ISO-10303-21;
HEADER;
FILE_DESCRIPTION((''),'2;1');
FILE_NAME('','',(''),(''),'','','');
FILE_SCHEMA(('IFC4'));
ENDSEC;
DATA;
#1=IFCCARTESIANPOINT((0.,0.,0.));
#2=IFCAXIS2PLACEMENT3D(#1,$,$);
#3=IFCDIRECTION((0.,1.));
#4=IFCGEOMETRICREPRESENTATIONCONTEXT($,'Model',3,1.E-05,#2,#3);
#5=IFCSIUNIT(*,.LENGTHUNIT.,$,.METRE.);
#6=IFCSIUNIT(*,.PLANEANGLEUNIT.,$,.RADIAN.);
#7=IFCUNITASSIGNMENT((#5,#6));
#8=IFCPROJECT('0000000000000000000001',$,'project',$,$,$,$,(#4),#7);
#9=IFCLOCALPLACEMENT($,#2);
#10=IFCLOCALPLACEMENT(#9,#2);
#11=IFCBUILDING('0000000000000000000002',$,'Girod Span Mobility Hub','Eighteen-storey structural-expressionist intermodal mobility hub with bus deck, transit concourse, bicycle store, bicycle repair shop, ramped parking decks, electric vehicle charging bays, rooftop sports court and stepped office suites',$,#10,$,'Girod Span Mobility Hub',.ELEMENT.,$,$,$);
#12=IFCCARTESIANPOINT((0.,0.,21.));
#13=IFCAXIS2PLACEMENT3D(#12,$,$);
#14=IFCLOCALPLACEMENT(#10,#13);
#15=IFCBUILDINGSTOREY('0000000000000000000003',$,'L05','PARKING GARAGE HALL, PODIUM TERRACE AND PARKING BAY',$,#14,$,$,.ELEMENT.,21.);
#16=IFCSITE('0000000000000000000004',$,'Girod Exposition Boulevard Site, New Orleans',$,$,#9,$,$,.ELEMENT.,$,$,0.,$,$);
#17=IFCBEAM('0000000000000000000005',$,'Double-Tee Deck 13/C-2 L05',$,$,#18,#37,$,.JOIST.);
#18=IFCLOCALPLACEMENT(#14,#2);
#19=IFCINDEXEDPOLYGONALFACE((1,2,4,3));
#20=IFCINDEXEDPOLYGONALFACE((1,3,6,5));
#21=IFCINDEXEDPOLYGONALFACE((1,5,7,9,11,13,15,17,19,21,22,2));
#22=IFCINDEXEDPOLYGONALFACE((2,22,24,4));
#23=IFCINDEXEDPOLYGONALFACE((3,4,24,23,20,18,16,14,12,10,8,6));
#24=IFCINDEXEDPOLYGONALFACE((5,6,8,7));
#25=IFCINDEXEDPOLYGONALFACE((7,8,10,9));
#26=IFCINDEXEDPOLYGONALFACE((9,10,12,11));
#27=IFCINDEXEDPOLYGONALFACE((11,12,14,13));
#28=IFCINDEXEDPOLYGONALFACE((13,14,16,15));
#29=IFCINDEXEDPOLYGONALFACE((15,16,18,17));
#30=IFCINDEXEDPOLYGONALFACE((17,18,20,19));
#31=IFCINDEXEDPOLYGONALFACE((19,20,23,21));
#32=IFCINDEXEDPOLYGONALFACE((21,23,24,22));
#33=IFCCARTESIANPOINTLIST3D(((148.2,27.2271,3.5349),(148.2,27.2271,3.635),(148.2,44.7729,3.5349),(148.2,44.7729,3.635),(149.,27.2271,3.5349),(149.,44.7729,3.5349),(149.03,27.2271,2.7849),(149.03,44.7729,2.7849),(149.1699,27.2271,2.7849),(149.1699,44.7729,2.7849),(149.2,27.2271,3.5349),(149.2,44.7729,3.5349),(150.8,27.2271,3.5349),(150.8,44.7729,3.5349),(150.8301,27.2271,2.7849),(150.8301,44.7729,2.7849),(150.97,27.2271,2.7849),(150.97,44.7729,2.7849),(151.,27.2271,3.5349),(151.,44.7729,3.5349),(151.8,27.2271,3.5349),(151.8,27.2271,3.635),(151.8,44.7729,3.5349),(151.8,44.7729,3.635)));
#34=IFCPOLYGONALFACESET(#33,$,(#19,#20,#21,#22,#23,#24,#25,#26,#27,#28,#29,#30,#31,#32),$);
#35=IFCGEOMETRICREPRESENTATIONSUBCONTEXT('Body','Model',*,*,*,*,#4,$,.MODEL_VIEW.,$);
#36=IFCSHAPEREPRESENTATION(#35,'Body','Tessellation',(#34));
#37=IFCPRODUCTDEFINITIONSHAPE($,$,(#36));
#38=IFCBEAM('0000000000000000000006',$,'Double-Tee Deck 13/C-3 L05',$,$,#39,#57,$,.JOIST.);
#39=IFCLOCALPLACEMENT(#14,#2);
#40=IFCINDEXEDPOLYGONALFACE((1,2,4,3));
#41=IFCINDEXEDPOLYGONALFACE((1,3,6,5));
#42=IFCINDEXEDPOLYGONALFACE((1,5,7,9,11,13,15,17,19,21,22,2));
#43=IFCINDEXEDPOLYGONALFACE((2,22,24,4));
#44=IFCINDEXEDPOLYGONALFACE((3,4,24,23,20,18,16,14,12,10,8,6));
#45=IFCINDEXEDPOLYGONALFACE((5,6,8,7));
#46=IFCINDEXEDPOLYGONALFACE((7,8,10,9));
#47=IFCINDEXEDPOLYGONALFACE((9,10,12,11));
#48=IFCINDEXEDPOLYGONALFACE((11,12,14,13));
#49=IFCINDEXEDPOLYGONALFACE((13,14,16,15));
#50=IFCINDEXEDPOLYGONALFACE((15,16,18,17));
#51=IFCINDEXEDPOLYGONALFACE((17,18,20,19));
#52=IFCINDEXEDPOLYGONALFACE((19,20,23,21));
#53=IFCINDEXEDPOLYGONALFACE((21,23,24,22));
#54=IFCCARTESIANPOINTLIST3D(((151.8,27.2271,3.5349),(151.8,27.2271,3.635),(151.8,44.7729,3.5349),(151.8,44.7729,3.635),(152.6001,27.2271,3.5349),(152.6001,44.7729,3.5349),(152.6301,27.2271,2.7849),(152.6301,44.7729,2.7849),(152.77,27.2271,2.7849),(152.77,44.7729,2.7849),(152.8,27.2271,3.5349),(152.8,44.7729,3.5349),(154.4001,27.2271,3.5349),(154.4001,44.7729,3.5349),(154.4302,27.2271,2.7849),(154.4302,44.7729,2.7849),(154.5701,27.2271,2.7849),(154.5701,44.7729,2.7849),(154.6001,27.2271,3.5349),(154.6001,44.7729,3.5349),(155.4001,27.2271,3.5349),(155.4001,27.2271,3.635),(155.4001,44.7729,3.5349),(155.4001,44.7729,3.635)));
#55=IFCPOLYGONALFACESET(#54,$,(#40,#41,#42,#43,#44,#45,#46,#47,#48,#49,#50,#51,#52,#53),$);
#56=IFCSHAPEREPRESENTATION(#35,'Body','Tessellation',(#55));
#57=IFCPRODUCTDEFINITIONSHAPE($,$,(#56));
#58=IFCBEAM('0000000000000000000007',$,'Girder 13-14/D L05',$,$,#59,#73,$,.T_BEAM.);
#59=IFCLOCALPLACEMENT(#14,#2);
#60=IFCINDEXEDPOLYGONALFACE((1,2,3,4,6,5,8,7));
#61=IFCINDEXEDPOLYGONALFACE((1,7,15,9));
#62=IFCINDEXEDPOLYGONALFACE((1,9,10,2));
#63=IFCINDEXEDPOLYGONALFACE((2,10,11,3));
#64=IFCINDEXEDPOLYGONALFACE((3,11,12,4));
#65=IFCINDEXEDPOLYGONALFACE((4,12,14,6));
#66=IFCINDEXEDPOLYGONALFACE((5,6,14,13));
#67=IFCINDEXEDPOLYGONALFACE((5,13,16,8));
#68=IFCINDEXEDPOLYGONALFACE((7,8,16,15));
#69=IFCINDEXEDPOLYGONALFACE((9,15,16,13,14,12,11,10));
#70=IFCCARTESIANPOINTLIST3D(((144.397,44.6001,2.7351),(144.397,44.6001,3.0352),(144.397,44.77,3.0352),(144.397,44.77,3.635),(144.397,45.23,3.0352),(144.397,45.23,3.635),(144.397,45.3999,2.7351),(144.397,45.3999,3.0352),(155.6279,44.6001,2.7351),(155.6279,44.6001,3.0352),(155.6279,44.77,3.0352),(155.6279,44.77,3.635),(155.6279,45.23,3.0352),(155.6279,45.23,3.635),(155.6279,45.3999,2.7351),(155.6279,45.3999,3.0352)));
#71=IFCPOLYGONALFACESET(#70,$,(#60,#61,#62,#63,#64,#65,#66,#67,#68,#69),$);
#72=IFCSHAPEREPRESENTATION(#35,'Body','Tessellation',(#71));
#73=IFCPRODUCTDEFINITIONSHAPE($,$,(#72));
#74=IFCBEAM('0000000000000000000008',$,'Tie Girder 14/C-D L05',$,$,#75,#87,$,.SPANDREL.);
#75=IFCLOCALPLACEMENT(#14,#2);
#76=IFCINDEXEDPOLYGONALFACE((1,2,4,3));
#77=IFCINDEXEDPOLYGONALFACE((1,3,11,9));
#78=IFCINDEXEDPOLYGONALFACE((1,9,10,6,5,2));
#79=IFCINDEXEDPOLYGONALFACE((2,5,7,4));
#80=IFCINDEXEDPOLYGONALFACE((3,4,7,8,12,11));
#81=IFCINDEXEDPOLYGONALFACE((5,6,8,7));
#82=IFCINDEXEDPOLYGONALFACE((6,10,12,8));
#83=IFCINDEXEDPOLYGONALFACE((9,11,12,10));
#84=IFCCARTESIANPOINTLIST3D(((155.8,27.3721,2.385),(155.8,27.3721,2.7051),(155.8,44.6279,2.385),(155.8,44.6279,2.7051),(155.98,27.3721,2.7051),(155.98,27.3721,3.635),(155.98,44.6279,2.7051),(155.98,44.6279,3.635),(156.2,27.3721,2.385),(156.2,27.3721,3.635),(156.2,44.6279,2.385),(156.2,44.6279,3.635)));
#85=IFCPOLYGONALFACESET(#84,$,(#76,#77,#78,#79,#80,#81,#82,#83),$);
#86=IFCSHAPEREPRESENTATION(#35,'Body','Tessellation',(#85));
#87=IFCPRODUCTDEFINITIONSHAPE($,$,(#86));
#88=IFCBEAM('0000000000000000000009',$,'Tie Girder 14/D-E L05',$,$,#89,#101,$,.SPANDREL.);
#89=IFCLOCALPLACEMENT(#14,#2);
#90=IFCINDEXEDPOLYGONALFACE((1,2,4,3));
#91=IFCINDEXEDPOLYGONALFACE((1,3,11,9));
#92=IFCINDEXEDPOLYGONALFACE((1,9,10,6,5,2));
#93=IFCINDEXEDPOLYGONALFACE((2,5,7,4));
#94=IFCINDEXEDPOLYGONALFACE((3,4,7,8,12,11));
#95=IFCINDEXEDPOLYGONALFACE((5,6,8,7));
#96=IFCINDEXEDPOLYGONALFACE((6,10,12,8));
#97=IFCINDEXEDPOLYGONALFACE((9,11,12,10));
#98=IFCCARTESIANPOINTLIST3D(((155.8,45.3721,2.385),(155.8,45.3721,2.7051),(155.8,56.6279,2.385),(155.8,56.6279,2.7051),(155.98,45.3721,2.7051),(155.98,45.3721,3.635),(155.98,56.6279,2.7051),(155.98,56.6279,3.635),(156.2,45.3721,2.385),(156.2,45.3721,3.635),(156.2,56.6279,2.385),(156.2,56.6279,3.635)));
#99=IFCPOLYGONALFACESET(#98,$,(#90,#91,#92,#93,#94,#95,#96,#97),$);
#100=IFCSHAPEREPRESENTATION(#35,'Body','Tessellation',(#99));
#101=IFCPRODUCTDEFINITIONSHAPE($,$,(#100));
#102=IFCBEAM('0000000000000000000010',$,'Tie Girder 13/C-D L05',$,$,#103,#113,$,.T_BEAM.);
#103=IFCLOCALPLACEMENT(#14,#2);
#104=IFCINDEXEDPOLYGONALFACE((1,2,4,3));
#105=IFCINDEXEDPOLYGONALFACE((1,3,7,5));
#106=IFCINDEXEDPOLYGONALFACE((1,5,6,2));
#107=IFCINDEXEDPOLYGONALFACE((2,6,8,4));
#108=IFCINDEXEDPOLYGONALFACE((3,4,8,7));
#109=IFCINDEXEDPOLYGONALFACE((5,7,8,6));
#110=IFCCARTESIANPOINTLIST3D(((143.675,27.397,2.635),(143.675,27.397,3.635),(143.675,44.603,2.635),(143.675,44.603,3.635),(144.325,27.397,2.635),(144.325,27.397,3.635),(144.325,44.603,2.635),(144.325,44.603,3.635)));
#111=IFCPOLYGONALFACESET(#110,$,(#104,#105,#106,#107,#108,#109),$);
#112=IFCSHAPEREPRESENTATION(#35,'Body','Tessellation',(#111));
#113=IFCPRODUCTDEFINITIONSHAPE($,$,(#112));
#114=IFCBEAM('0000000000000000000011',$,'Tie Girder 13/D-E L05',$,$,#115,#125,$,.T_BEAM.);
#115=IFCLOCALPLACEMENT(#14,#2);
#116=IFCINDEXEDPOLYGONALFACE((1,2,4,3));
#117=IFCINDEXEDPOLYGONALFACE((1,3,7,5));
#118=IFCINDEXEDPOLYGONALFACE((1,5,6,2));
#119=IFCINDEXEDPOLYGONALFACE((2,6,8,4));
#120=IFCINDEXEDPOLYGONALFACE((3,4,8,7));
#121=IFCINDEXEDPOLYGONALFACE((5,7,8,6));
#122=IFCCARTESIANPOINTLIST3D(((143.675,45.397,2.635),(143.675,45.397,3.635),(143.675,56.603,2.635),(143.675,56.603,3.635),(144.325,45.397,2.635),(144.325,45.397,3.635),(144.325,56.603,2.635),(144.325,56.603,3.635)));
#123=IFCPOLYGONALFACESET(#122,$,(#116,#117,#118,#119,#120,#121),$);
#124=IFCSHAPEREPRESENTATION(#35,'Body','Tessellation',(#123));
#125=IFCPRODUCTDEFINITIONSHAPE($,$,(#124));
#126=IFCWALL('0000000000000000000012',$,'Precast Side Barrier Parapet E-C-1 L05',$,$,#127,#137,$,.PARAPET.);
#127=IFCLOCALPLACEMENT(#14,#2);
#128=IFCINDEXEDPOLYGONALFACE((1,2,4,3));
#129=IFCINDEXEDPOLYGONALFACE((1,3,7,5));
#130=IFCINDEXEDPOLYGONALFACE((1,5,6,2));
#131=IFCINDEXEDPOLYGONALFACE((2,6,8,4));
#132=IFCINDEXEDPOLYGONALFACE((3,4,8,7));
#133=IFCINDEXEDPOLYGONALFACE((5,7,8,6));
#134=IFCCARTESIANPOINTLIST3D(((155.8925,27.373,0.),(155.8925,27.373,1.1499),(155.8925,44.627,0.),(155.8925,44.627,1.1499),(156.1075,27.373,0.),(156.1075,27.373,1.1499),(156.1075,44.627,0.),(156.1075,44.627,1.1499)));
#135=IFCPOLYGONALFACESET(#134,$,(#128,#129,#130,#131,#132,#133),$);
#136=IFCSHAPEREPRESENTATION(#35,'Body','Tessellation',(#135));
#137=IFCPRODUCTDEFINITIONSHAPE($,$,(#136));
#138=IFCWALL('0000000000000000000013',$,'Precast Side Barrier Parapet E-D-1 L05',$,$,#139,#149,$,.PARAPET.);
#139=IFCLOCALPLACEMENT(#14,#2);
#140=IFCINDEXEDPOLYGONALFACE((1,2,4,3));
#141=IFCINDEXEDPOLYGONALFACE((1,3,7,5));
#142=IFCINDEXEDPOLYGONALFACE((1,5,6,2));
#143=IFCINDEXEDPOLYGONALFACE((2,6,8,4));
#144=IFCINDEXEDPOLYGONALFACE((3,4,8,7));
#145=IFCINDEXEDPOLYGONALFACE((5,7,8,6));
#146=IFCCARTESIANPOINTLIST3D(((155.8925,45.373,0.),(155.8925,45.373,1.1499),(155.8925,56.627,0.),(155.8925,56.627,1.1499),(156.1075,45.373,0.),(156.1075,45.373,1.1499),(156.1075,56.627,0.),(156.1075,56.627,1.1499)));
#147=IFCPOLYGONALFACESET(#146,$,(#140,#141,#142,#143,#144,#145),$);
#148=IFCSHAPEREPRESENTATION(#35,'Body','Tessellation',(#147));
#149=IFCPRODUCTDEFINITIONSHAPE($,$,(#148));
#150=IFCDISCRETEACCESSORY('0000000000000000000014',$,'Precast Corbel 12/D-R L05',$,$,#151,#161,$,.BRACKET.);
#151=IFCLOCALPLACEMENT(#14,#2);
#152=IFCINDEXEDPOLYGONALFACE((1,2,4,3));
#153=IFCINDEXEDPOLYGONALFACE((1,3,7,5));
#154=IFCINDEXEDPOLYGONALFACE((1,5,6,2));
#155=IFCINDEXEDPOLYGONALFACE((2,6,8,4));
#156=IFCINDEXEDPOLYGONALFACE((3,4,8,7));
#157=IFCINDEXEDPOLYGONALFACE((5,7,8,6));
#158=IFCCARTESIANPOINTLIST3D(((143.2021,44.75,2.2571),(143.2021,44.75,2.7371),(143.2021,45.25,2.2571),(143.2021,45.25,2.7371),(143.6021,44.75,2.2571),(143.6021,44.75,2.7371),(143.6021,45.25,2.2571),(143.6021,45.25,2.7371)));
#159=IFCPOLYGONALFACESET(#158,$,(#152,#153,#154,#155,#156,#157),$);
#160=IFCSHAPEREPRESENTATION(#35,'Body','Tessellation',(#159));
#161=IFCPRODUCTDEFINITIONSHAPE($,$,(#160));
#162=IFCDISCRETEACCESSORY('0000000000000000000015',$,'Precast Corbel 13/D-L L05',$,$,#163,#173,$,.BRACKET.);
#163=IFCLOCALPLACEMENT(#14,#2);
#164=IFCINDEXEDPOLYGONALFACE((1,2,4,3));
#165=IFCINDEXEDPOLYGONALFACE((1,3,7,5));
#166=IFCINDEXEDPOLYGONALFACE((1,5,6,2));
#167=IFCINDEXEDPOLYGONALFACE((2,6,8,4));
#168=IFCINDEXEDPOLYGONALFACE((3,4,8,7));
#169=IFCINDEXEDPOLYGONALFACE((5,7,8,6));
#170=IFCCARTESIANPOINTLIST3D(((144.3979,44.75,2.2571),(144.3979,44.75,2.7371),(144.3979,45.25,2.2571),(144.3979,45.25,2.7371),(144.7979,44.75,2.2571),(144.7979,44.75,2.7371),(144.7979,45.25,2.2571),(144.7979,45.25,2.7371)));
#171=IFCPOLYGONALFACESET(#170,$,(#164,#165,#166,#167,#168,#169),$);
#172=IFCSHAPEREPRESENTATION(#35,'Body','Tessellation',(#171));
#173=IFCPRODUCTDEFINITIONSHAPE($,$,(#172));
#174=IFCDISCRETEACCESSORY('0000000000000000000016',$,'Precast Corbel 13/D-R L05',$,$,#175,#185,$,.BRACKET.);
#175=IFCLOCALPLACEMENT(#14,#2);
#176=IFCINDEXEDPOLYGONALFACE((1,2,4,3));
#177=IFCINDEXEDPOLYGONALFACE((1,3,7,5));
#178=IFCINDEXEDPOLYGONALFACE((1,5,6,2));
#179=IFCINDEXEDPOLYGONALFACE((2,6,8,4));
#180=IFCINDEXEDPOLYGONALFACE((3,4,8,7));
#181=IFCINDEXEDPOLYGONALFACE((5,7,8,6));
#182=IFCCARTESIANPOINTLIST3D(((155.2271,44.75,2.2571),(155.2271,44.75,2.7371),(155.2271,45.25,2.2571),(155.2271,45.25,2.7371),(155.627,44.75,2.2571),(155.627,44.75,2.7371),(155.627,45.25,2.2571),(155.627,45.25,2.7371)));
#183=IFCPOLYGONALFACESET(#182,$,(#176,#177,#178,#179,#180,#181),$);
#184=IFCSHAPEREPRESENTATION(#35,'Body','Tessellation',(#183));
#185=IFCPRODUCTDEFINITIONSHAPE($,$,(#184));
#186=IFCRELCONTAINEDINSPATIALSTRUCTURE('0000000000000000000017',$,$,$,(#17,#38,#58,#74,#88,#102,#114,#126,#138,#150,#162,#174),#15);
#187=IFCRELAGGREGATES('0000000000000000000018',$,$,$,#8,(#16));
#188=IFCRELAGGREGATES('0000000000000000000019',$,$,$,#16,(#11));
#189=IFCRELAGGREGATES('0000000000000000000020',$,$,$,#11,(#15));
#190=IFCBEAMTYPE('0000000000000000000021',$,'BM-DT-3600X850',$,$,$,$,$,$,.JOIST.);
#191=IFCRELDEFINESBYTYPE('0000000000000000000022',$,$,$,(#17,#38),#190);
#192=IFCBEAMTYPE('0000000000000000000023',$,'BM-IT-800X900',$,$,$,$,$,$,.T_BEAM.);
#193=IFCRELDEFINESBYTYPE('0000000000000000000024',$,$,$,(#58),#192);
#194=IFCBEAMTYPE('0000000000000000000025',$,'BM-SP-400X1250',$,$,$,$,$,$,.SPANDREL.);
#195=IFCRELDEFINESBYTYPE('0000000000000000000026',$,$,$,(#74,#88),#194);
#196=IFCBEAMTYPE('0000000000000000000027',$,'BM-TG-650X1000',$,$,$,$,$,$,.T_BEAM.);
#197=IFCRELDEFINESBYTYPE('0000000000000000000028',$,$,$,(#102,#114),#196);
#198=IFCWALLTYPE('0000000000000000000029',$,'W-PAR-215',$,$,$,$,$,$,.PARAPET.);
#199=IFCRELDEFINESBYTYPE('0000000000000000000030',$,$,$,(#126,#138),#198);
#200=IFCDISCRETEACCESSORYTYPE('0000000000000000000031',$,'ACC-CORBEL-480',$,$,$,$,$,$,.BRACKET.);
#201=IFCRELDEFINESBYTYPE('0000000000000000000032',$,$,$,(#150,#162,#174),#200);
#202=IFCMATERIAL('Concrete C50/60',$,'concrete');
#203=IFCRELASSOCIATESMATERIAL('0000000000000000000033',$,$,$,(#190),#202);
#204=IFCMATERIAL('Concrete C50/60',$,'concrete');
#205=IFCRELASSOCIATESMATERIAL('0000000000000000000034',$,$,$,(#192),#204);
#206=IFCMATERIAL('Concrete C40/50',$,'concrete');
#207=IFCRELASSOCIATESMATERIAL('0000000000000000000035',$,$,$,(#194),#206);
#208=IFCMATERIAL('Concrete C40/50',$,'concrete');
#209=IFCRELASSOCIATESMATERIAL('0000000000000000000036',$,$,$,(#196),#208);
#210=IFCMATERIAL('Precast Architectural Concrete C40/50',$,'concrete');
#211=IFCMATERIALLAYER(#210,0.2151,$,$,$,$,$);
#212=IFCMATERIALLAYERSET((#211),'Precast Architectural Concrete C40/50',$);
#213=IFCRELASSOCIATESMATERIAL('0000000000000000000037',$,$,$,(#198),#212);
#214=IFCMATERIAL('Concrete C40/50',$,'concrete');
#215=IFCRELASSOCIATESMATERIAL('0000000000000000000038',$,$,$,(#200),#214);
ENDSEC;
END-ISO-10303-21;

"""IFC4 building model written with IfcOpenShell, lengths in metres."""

from ifc_helpers import new_model, si_unit, direction, frame, frame_2d, origin, origin_2d, place, context, subcontext, project, spatial, polyline, rectangle, outline, extrude, material, layer, layer_set, material_profile, profile_set, type_object, element, save


model = new_model("IFC4")

# Units and contexts
model_context = context("Model", 3, precision=1e-05, world=origin(), true_north=direction((0.0, 1.0)))
body_context = subcontext(model_context, "Body", "Model", "MODEL_VIEW")
ifc_project = project(units=[si_unit("LENGTHUNIT", "METRE"), si_unit("PLANEANGLEUNIT", "RADIAN")], contexts=[model_context])

# Site, building, storey
site_placement = place(None, origin())
site = spatial("IfcSite", under=ifc_project, at=site_placement, Name="Girod Exposition Boulevard Site, New Orleans", CompositionType="ELEMENT", RefElevation=0.0)
building_placement = place(site_placement, origin())
building = spatial("IfcBuilding", under=site, at=building_placement, Name="Girod Span Mobility Hub", Description="Eighteen-storey structural-expressionist intermodal mobility hub with bus deck, transit concourse, bicycle store, bicycle repair shop, ramped parking decks, electric vehicle charging bays, rooftop sports court and stepped office suites", LongName="Girod Span Mobility Hub", CompositionType="ELEMENT")
storey_placement = place(building_placement, frame((0.0, 0.0, 21.0)))
storey = spatial("IfcBuildingStorey", under=building, at=storey_placement, Name="L05", Description="PARKING GARAGE HALL, PODIUM TERRACE AND PARKING BAY", CompositionType="ELEMENT", Elevation=21.0)

# Beams
ifc_material_1 = material(Name="Concrete C50/60", Category="concrete")
ifc_material_profile_1 = material_profile(ifc_material_1, outline(polyline([(-1.8, 0.425), (-1.8, 0.325), (-1.0, 0.325), (-0.97, -0.425), (-0.8301, -0.425), (-0.8, 0.325), (0.8, 0.325), (0.8301, -0.425), (0.97, -0.425), (1.0, 0.325), (1.8, 0.325), (1.8, 0.425), (-1.8, 0.425)])), Name="DT-3600X850")
ifc_profile_set_1 = profile_set([ifc_material_profile_1], Name="Concrete C50/60")
beam_type_1 = type_object("IfcBeamType", Name="BM-DT-3600X850", PredefinedType="JOIST", material=ifc_profile_set_1)
for number, where, z_axis, x_axis, name in (
    (1, (150.0, 27.2271, 3.21), (0.0, 1.0, 0.0), (-1.0, 0.0, 0.0), "Double-Tee Deck 13/C-2 L05"),
    (2, (153.6001, 27.2271, 3.21), (0.0, 1.0, 0.0), (-1.0, 0.0, 0.0), "Double-Tee Deck 13/C-3 L05"),
):
    element("IfcBeam", number, at=place(storey_placement, frame(where, z_axis=z_axis, x_axis=x_axis)), inside=storey, type_object=beam_type_1, Name=name, PredefinedType="JOIST", context=body_context, shape_type="SweptSolid", body=[
        extrude(outline(polyline([(-1.8, 0.425), (-1.8, 0.325), (-1.0, 0.325), (-0.97, -0.425), (-0.8301, -0.425), (-0.8, 0.325), (0.8, 0.325), (0.8301, -0.425), (0.97, -0.425), (1.0, 0.325), (1.8, 0.325), (1.8, 0.425), (-1.8, 0.425)])), origin(), (0.0, 0.0, 1.0), 17.5459),
    ])
ifc_material_2 = material(Name="Concrete C50/60", Category="concrete")
ifc_material_profile_2 = material_profile(ifc_material_2, outline(polyline([(-0.3999, -0.45), (0.3999, -0.45), (0.3999, -0.1499), (0.23, -0.1499), (0.23, 0.45), (-0.23, 0.45), (-0.23, -0.1499), (-0.3999, -0.1499), (-0.3999, -0.45)])), Name="IT-800X900")
ifc_profile_set_2 = profile_set([ifc_material_profile_2], Name="Concrete C50/60")
beam_type_2 = type_object("IfcBeamType", Name="BM-IT-800X900", PredefinedType="T_BEAM", material=ifc_profile_set_2)
beam_1_placement = place(storey_placement, frame((144.397, 45.0, 3.1851), z_axis=(1.0, 0.0, 0.0), x_axis=(0.0, 1.0, 0.0)))
element("IfcBeam", 3, at=beam_1_placement, inside=storey, type_object=beam_type_2, Name="Girder 13-14/D L05", PredefinedType="T_BEAM", context=body_context, shape_type="SweptSolid", body=[
    extrude(outline(polyline([(-0.3999, -0.45), (0.3999, -0.45), (0.3999, -0.1499), (0.23, -0.1499), (0.23, 0.45), (-0.23, 0.45), (-0.23, -0.1499), (-0.3999, -0.1499), (-0.3999, -0.45)])), origin(), (0.0, 0.0, 1.0), 11.231),
])
ifc_material_3 = material(Name="Concrete C40/50", Category="concrete")
ifc_material_profile_3 = material_profile(ifc_material_3, outline(polyline([(-0.2, -0.625), (0.2, -0.625), (0.2, -0.3049), (0.02, -0.3049), (0.02, 0.625), (-0.2, 0.625), (-0.2, -0.625)])), Name="SP-400X1250")
ifc_profile_set_3 = profile_set([ifc_material_profile_3], Name="Concrete C40/50")
beam_type_3 = type_object("IfcBeamType", Name="BM-SP-400X1250", PredefinedType="SPANDREL", material=ifc_profile_set_3)
beam_2_placement = place(storey_placement, frame((156.0, 27.3721, 3.01), z_axis=(0.0, 1.0, 0.0), x_axis=(-1.0, 0.0, 0.0)))
element("IfcBeam", 4, at=beam_2_placement, inside=storey, type_object=beam_type_3, Name="Tie Girder 14/C-D L05", PredefinedType="SPANDREL", context=body_context, shape_type="SweptSolid", body=[
    extrude(outline(polyline([(-0.2, -0.625), (0.2, -0.625), (0.2, -0.3049), (0.02, -0.3049), (0.02, 0.625), (-0.2, 0.625), (-0.2, -0.625)])), origin(), (0.0, 0.0, 1.0), 17.2559),
])
beam_3_placement = place(storey_placement, frame((156.0, 45.3721, 3.01), z_axis=(0.0, 1.0, 0.0), x_axis=(-1.0, 0.0, 0.0)))
element("IfcBeam", 5, at=beam_3_placement, inside=storey, type_object=beam_type_3, Name="Tie Girder 14/D-E L05", PredefinedType="SPANDREL", context=body_context, shape_type="SweptSolid", body=[
    extrude(outline(polyline([(-0.2, -0.625), (0.2, -0.625), (0.2, -0.3049), (0.02, -0.3049), (0.02, 0.625), (-0.2, 0.625), (-0.2, -0.625)])), origin(), (0.0, 0.0, 1.0), 11.2559),
])
ifc_material_4 = material(Name="Concrete C40/50", Category="concrete")
ifc_material_profile_4 = material_profile(ifc_material_4, rectangle(XDim=0.6499, YDim=1.0, at=origin_2d()), Name="TG-650X1000")
ifc_profile_set_4 = profile_set([ifc_material_profile_4], Name="Concrete C40/50")
beam_type_4 = type_object("IfcBeamType", Name="BM-TG-650X1000", PredefinedType="T_BEAM", material=ifc_profile_set_4)
beam_4_placement = place(storey_placement, frame((144.0, 27.397, 3.135), z_axis=(0.0, 1.0, 0.0), x_axis=(-1.0, 0.0, 0.0)))
element("IfcBeam", 6, at=beam_4_placement, inside=storey, type_object=beam_type_4, Name="Tie Girder 13/C-D L05", PredefinedType="T_BEAM", context=body_context, shape_type="SweptSolid", body=[
    extrude(rectangle(XDim=0.6499, YDim=1.0, at=origin_2d()), origin(), (0.0, 0.0, 1.0), 17.2061),
])
beam_5_placement = place(storey_placement, frame((144.0, 45.397, 3.135), z_axis=(0.0, 1.0, 0.0), x_axis=(-1.0, 0.0, 0.0)))
element("IfcBeam", 7, at=beam_5_placement, inside=storey, type_object=beam_type_4, Name="Tie Girder 13/D-E L05", PredefinedType="T_BEAM", context=body_context, shape_type="SweptSolid", body=[
    extrude(rectangle(XDim=0.6499, YDim=1.0, at=origin_2d()), origin(), (0.0, 0.0, 1.0), 11.2061),
])

# Walls
ifc_material_5 = material(Name="Precast Architectural Concrete C40/50", Category="concrete")
ifc_layer = layer(ifc_material_5, 0.2151)
ifc_layer_set = layer_set([ifc_layer], Name="Precast Architectural Concrete C40/50")
wall_type = type_object("IfcWallType", Name="W-PAR-215", PredefinedType="PARAPET", material=ifc_layer_set)
wall_1_placement = place(storey_placement, frame((156.0, 27.373, 0.0), z_axis=(0.0, 0.0, 1.0), x_axis=(0.0, 1.0, 0.0)))
element("IfcWall", 8, at=wall_1_placement, inside=storey, type_object=wall_type, Name="Precast Side Barrier Parapet E-C-1 L05", PredefinedType="PARAPET", context=body_context, shape_type="SweptSolid", body=[
    extrude(rectangle(XDim=17.2539, YDim=0.2151, at=frame_2d((8.627, 0.0))), origin(), (0.0, 0.0, 1.0), 1.1499),
])
wall_2_placement = place(storey_placement, frame((156.0, 45.373, 0.0), z_axis=(0.0, 0.0, 1.0), x_axis=(0.0, 1.0, 0.0)))
element("IfcWall", 9, at=wall_2_placement, inside=storey, type_object=wall_type, Name="Precast Side Barrier Parapet E-D-1 L05", PredefinedType="PARAPET", context=body_context, shape_type="SweptSolid", body=[
    extrude(rectangle(XDim=11.2539, YDim=0.2151, at=frame_2d((5.627, 0.0))), origin(), (0.0, 0.0, 1.0), 1.1499),
])

# Discrete accessories
ifc_material_6 = material(Name="Concrete C40/50", Category="concrete")
discrete_accessory_type = type_object("IfcDiscreteAccessoryType", Name="ACC-CORBEL-480", PredefinedType="BRACKET", material=ifc_material_6)
for number, where, z_axis, x_axis, name in (
    (10, (143.4021, 45.0, 2.2571), (0.0, 0.0, 1.0), (1.0, 0.0, 0.0), "Precast Corbel 12/D-R L05"),
    (11, (144.5979, 45.0, 2.2571), (0.0, 0.0, 1.0), (1.0, 0.0, 0.0), "Precast Corbel 13/D-L L05"),
    (12, (155.427, 45.0, 2.2571), (0.0, 0.0, 1.0), (1.0, 0.0, 0.0), "Precast Corbel 13/D-R L05"),
):
    element("IfcDiscreteAccessory", number, at=place(storey_placement, frame(where, z_axis=z_axis, x_axis=x_axis)), inside=storey, type_object=discrete_accessory_type, Name=name, PredefinedType="BRACKET", context=body_context, shape_type="SweptSolid", body=[
        extrude(rectangle(XDim=0.3999, YDim=0.5, at=origin_2d()), origin(), (0.0, 0.0, 1.0), 0.48),
    ])

save(model, "model.ifc")
